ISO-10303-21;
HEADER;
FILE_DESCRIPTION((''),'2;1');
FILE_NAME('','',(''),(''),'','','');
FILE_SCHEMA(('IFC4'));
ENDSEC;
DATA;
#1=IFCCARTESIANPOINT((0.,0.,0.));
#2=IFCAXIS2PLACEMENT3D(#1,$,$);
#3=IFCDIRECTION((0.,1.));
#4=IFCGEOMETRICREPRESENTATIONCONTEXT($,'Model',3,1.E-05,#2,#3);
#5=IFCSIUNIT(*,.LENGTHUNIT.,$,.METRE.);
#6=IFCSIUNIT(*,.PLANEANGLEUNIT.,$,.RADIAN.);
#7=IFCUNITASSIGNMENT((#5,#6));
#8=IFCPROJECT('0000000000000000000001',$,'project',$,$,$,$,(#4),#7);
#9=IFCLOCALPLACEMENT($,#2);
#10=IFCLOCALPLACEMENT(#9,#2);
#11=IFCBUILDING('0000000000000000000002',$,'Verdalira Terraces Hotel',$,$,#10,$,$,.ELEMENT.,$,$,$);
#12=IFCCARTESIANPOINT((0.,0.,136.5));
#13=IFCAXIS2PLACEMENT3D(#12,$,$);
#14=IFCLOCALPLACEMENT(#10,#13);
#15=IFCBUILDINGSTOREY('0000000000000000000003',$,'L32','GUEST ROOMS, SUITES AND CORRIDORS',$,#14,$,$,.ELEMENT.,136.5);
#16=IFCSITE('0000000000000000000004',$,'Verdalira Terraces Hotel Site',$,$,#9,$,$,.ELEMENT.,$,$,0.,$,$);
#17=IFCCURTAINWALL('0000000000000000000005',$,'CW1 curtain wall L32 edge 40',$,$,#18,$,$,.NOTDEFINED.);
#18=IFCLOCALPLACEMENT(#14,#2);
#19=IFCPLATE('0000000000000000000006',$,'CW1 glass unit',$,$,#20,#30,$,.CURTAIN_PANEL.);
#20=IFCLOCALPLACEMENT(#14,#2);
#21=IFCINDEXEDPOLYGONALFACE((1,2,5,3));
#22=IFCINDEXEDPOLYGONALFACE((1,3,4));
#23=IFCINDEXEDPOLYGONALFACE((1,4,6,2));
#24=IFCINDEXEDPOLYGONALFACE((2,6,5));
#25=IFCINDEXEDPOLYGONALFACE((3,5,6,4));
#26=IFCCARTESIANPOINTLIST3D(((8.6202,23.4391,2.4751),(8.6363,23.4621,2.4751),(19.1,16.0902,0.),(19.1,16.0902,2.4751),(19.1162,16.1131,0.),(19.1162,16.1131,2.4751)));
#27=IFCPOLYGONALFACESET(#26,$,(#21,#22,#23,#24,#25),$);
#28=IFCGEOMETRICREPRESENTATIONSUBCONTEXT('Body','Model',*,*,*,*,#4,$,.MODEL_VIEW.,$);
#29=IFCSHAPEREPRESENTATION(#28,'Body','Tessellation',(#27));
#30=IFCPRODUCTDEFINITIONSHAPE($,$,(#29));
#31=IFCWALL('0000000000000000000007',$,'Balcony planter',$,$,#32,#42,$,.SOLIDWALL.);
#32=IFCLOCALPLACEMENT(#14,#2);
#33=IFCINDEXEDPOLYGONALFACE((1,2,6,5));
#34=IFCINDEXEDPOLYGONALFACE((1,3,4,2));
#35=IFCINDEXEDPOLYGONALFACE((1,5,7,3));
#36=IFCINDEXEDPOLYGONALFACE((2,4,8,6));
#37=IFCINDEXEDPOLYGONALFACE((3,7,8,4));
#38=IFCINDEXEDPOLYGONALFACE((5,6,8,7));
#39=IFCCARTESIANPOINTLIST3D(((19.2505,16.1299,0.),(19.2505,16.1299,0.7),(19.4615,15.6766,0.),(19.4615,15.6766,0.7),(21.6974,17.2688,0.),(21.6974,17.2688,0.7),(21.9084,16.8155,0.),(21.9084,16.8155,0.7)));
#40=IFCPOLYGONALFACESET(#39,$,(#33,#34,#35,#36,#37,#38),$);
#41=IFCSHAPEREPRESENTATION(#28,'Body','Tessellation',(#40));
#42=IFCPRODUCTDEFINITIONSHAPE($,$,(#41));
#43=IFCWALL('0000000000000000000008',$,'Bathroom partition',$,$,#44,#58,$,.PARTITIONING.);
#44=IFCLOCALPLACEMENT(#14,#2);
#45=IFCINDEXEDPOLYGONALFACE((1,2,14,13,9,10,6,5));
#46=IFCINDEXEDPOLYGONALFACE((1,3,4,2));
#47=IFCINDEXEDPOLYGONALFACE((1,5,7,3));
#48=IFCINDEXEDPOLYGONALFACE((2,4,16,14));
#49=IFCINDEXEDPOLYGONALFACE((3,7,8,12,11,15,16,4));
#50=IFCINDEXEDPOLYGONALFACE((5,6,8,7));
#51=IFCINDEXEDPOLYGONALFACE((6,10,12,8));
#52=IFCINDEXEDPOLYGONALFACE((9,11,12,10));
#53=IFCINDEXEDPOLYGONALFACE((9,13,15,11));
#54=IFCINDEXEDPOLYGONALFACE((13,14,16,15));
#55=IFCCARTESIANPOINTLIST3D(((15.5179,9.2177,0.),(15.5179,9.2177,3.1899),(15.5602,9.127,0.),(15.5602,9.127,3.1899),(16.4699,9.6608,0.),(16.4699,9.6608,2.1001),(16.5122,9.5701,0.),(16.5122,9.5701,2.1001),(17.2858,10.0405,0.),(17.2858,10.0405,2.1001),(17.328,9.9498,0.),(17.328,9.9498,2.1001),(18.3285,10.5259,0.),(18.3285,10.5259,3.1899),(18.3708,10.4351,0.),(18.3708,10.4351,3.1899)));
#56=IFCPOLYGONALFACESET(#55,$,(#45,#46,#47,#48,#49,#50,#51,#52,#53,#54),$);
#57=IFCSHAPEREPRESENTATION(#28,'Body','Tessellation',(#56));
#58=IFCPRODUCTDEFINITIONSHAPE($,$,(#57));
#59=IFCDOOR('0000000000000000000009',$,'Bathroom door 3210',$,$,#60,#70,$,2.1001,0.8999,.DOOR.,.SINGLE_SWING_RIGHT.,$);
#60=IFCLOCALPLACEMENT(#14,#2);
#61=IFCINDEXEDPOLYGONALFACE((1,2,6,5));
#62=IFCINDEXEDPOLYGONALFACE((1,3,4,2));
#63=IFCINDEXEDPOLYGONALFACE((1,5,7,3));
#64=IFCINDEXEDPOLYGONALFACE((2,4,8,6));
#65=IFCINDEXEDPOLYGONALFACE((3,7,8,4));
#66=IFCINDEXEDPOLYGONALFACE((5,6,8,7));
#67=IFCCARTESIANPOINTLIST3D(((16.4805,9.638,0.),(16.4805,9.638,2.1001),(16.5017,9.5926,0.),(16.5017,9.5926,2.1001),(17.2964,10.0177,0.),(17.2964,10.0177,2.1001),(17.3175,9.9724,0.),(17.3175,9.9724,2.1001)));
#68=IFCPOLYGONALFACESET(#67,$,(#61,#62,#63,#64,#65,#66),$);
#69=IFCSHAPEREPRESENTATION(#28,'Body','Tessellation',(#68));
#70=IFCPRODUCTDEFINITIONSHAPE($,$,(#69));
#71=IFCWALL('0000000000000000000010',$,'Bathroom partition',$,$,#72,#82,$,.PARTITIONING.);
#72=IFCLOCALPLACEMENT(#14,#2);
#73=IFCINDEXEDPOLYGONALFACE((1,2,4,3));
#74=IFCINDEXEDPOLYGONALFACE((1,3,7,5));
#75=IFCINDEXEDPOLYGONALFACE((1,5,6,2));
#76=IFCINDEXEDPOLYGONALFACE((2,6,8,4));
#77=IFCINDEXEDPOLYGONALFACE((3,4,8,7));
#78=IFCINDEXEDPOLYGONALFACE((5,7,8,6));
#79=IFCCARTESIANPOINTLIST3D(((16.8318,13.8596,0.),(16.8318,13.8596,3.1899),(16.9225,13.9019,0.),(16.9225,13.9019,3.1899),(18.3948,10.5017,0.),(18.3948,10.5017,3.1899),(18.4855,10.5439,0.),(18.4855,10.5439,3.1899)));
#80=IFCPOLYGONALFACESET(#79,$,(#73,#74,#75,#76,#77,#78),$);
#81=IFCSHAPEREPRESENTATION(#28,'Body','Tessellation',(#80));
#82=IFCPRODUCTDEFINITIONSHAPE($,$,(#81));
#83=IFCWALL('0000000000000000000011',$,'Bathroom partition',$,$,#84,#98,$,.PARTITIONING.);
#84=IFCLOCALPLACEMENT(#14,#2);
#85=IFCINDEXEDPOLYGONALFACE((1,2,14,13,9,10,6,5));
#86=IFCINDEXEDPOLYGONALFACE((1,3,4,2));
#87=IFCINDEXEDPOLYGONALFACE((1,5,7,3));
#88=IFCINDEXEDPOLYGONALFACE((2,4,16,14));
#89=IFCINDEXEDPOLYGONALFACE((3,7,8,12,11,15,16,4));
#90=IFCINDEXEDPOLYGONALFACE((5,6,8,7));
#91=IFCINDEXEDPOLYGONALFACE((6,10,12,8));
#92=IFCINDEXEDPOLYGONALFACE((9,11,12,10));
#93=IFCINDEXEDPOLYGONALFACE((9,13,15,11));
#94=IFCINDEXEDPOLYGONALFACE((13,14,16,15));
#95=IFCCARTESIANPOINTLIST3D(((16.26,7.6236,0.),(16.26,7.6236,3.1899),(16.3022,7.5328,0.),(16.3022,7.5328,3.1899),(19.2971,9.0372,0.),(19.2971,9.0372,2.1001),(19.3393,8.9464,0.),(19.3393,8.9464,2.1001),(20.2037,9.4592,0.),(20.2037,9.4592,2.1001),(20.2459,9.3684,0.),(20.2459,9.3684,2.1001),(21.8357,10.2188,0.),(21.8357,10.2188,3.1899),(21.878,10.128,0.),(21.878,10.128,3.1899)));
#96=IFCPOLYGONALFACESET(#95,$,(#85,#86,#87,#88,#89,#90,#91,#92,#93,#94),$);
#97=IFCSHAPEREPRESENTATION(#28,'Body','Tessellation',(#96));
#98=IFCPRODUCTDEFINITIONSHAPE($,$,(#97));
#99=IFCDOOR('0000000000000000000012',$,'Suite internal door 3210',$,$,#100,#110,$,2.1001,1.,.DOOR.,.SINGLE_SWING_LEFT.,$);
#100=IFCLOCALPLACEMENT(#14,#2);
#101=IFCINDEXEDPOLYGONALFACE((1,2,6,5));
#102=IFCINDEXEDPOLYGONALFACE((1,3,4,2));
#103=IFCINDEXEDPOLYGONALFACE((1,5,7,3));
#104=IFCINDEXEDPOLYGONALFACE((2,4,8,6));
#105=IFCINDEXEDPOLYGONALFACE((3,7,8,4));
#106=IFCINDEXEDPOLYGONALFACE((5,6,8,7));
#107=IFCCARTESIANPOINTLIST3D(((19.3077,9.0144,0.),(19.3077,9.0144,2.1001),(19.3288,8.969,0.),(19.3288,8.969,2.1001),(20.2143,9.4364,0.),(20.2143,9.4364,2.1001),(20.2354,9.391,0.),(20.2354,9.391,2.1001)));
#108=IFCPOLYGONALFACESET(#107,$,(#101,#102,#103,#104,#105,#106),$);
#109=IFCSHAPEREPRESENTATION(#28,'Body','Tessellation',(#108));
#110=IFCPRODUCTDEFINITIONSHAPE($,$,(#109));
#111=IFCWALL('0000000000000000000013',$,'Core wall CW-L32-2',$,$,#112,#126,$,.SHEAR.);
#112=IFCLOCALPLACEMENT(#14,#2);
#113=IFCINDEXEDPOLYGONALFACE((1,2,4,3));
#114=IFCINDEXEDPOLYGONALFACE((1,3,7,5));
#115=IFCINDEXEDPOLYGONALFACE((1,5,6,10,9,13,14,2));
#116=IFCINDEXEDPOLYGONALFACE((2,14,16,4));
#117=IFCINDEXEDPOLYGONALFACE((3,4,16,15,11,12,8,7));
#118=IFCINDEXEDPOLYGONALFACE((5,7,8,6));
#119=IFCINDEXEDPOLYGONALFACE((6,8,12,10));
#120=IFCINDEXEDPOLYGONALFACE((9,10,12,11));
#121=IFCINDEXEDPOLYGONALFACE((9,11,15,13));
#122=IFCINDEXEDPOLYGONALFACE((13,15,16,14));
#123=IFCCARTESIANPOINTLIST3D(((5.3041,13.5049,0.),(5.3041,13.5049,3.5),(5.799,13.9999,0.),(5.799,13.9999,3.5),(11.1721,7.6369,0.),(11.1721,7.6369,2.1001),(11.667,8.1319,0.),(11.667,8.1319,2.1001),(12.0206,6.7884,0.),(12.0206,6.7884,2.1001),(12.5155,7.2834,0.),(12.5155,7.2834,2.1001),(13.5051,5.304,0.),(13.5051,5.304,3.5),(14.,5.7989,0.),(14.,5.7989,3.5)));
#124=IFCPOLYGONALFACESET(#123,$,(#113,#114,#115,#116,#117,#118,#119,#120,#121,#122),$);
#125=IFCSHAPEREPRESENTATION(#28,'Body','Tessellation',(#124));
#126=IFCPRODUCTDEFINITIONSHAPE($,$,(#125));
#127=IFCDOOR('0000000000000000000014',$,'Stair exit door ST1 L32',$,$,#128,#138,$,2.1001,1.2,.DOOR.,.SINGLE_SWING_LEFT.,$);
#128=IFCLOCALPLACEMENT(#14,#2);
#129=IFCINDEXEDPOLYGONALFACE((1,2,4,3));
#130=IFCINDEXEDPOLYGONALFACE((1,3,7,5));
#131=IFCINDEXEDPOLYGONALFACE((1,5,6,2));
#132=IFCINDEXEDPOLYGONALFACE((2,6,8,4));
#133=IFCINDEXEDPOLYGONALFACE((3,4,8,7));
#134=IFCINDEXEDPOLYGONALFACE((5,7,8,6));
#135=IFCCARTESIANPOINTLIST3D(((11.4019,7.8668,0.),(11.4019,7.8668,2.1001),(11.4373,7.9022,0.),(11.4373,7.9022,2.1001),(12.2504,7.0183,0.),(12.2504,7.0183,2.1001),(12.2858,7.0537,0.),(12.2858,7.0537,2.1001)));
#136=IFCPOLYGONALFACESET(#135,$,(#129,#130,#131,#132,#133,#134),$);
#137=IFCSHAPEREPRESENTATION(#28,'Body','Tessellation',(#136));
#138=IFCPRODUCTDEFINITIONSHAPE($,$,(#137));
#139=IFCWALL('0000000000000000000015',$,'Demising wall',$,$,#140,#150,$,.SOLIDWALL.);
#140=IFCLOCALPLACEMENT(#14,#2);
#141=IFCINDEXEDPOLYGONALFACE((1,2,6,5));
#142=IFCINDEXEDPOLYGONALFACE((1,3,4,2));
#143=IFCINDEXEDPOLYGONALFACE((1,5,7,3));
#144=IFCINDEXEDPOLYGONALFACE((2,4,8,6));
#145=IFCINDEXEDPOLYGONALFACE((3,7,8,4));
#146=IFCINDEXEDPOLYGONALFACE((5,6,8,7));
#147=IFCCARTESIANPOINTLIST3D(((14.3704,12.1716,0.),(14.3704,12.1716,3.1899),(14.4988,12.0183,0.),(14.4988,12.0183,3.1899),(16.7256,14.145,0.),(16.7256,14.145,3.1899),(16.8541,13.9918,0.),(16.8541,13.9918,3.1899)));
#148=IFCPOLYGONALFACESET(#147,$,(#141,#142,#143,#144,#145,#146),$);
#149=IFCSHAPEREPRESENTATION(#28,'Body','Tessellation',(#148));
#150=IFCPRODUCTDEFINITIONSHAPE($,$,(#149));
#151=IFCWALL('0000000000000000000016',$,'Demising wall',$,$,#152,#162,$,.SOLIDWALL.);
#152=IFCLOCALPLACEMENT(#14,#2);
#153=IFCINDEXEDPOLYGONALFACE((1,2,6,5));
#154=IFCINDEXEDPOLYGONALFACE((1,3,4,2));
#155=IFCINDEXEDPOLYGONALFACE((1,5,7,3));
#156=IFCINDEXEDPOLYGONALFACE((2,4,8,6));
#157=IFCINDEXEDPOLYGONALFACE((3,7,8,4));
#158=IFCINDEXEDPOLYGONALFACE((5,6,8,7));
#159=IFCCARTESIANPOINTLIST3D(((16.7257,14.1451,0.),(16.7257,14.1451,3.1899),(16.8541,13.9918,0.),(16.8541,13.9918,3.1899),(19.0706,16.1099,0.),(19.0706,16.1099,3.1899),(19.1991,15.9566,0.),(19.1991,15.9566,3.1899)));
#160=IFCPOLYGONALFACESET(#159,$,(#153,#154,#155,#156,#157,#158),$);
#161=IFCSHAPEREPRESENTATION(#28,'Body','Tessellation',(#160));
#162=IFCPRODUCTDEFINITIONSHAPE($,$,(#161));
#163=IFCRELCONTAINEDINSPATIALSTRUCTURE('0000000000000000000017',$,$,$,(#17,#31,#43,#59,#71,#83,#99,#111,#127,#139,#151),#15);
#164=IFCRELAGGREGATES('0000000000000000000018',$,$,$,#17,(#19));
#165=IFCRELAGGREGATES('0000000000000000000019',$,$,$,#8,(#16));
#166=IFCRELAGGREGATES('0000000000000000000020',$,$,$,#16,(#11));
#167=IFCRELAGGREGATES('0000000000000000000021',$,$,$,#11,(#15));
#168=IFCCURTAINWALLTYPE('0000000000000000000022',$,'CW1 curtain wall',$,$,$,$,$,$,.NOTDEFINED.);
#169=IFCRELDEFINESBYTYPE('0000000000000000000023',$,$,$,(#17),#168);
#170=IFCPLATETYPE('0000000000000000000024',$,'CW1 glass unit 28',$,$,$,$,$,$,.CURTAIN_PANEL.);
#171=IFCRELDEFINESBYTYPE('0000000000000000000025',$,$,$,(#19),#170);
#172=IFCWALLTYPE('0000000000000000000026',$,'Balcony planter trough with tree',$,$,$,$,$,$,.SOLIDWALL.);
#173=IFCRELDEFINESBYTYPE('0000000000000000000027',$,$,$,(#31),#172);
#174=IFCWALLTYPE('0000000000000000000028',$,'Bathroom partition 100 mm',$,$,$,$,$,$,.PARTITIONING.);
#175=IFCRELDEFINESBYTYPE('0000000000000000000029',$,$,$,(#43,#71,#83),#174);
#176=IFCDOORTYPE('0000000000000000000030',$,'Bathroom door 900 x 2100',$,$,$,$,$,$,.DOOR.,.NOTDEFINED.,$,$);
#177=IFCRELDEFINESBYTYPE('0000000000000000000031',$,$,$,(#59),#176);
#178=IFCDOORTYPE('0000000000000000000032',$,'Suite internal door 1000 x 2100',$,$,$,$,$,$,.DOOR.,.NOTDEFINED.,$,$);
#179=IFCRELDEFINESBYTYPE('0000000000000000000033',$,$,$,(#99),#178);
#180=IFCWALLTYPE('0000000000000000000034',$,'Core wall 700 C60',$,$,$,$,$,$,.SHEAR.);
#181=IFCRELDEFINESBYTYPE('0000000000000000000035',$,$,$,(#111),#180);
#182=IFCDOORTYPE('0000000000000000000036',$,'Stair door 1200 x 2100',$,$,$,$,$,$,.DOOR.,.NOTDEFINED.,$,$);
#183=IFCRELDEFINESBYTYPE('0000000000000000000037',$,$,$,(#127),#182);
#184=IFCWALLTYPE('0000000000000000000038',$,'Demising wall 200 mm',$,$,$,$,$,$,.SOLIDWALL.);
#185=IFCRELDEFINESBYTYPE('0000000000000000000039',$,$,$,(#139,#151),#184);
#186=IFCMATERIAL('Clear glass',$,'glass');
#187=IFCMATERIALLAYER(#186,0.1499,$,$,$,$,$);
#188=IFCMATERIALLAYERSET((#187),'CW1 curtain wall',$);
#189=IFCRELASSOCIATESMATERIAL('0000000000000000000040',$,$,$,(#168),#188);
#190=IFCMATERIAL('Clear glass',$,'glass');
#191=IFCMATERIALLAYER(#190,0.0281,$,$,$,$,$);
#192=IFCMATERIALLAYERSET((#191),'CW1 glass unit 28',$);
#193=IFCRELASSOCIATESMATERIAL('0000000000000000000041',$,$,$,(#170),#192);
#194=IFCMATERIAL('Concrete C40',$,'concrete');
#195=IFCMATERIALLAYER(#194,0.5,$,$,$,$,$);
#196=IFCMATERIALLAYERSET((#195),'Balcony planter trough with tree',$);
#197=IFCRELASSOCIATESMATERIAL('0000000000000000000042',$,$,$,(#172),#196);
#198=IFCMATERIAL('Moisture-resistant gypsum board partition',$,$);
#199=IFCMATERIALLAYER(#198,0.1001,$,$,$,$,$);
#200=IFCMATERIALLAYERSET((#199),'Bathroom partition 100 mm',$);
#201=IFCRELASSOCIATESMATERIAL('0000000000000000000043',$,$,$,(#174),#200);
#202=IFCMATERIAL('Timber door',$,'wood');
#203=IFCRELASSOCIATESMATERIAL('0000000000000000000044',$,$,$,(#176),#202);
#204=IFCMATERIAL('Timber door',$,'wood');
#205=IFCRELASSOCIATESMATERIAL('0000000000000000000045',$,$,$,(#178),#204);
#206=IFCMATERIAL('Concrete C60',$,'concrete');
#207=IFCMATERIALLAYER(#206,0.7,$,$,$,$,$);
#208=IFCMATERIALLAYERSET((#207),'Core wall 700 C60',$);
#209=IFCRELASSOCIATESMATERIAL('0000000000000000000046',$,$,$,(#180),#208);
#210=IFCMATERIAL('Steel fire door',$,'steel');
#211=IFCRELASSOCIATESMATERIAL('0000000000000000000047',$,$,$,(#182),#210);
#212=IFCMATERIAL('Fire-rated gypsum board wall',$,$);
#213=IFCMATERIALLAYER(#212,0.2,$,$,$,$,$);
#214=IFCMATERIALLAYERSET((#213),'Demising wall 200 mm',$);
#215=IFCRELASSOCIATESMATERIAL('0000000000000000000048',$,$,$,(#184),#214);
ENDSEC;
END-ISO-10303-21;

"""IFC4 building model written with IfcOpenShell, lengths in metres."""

from ifc_helpers import new_model, si_unit, direction, frame, frame_2d, origin, place, context, subcontext, project, spatial, polyline, rectangle, outline, extrude, material, layer, layer_set, type_object, element, fill, aggregate, save


model = new_model("IFC4")

# Units and contexts
model_context = context("Model", 3, precision=1e-05, world=origin(), true_north=direction((0.0, 1.0)))
body_context = subcontext(model_context, "Body", "Model", "MODEL_VIEW")
ifc_project = project(units=[si_unit("LENGTHUNIT", "METRE"), si_unit("PLANEANGLEUNIT", "RADIAN")], contexts=[model_context])

# Site, building, storey
site_placement = place(None, origin())
site = spatial("IfcSite", under=ifc_project, at=site_placement, Name="Verdalira Terraces Hotel Site", CompositionType="ELEMENT", RefElevation=0.0)
building_placement = place(site_placement, origin())
building = spatial("IfcBuilding", under=site, at=building_placement, Name="Verdalira Terraces Hotel", CompositionType="ELEMENT")
storey_placement = place(building_placement, frame((0.0, 0.0, 136.5)))
storey = spatial("IfcBuildingStorey", under=building, at=storey_placement, Name="L32", Description="GUEST ROOMS, SUITES AND CORRIDORS", CompositionType="ELEMENT", Elevation=136.5)

# Shared definitions
ifc_material_1 = material(Name="Clear glass", Category="glass")
ifc_layer_1 = layer(ifc_material_1, 0.1499)
ifc_layer_set_1 = layer_set([ifc_layer_1], Name="CW1 curtain wall")
curtain_wall_type = type_object("IfcCurtainWallType", Name="CW1 curtain wall", PredefinedType="NOTDEFINED", material=ifc_layer_set_1)

# Curtain wall
curtain_wall_1_placement = place(storey_placement, origin())
curtain_wall_1 = element("IfcCurtainWall", 1, at=curtain_wall_1_placement, inside=storey, type_object=curtain_wall_type, Name="CW1 curtain wall L32 edge 40", PredefinedType="NOTDEFINED")

# Plate
ifc_material_2 = material(Name="Clear glass", Category="glass")
ifc_layer_2 = layer(ifc_material_2, 0.0281)
ifc_layer_set_2 = layer_set([ifc_layer_2], Name="CW1 glass unit 28")
plate_type = type_object("IfcPlateType", Name="CW1 glass unit 28", PredefinedType="CURTAIN_PANEL", material=ifc_layer_set_2)
plate_1_placement = place(storey_placement, frame((13.8601, 19.7646, 1.2375), z_axis=(0.574148, 0.818751, 0.0), x_axis=(-0.818751, 0.574148, 0.0)))
plate_1 = element("IfcPlate", 2, at=plate_1_placement, type_object=plate_type, Name="CW1 glass unit", PredefinedType="CURTAIN_PANEL", context=body_context, shape_type="SweptSolid", body=[
    extrude(outline(polyline([(-6.3999, -1.2375), (6.3999, 1.2375), (-6.3999, 1.2375), (-6.3999, -1.2375)])), origin(), (0.0, 0.0, 1.0), 0.0281),
])
aggregate(curtain_wall_1, [plate_1])

# Wall
ifc_material_3 = material(Name="Concrete C40", Category="concrete")
ifc_layer_3 = layer(ifc_material_3, 0.5)
ifc_layer_set_3 = layer_set([ifc_layer_3], Name="Balcony planter trough with tree")
wall_type_1 = type_object("IfcWallType", Name="Balcony planter trough with tree", PredefinedType="SOLIDWALL", material=ifc_layer_set_3)
wall_1_placement = place(storey_placement, frame((21.803, 17.0422, 0.0), z_axis=(0.0, 0.0, 1.0), x_axis=(-0.906596, -0.421999, 0.0)))
element("IfcWall", 3, at=wall_1_placement, inside=storey, type_object=wall_type_1, Name="Balcony planter", PredefinedType="SOLIDWALL", context=body_context, shape_type="SweptSolid", body=[
    extrude(rectangle(XDim=2.699, YDim=0.5, at=frame_2d((1.3496, 0.0))), origin(), (0.0, 0.0, 1.0), 0.7),
])

# Wall, opening, door
ifc_material_4 = material(Name="Moisture-resistant gypsum board partition")
ifc_layer_4 = layer(ifc_material_4, 0.1001)
ifc_layer_set_4 = layer_set([ifc_layer_4], Name="Bathroom partition 100 mm")
wall_type_2 = type_object("IfcWallType", Name="Bathroom partition 100 mm", PredefinedType="PARTITIONING", material=ifc_layer_set_4)
wall_2_placement = place(storey_placement, frame((15.5391, 9.1724, 0.0), z_axis=(0.0, 0.0, 1.0), x_axis=(0.906613, 0.421963, 0.0)))
wall_2 = element("IfcWall", 4, at=wall_2_placement, inside=storey, type_object=wall_type_2, Name="Bathroom partition", PredefinedType="PARTITIONING", context=body_context, shape_type="SweptSolid", body=[
    extrude(rectangle(XDim=3.1001, YDim=0.1001, at=frame_2d((1.55, 0.0))), origin(), (0.0, 0.0, 1.0), 3.1899),
])
opening_1_placement = place(wall_2_placement, frame((1.05, 0.0, 0.0)))
opening_1 = element("IfcOpeningElement", 5, at=opening_1_placement, cuts=wall_2, PredefinedType="OPENING", context=body_context, shape_type="SweptSolid", body=[
    extrude(rectangle(XDim=0.8999, YDim=2.1001, at=frame_2d((0.45, 1.05))), frame((0.0, 0.0601, 0.0), z_axis=(0.0, -1.0, 0.0), x_axis=(1.0, 0.0, 0.0)), (0.0, 0.0, 1.0), 0.1201),
])
ifc_material_5 = material(Name="Timber door", Category="wood")
door_type_1 = type_object("IfcDoorType", Name="Bathroom door 900 x 2100", OperationType="NOTDEFINED", PredefinedType="DOOR", material=ifc_material_5)
door_1_placement = place(opening_1_placement, origin())
door_1 = element("IfcDoor", 6, at=door_1_placement, inside=storey, type_object=door_type_1, Name="Bathroom door 3210", OperationType="SINGLE_SWING_RIGHT", OverallHeight=2.1001, OverallWidth=0.8999, PredefinedType="DOOR", context=body_context, shape_type="SweptSolid", body=[
    extrude(rectangle(XDim=0.8999, YDim=2.1001, at=frame_2d((0.45, 1.05))), frame((0.0, 0.0249, 0.0), z_axis=(0.0, -1.0, 0.0), x_axis=(1.0, 0.0, 0.0)), (0.0, 0.0, 1.0), 0.05),
])
fill(opening_1, door_1)

# Wall
wall_3_placement = place(storey_placement, frame((18.4402, 10.5227, 0.0), z_axis=(0.0, 0.0, 1.0), x_axis=(-0.42199, 0.9066, 0.0)))
element("IfcWall", 7, at=wall_3_placement, inside=storey, type_object=wall_type_2, Name="Bathroom partition", PredefinedType="PARTITIONING", context=body_context, shape_type="SweptSolid", body=[
    extrude(rectangle(XDim=3.7039, YDim=0.1001, at=frame_2d((1.8521, 0.0))), origin(), (0.0, 0.0, 1.0), 3.1899),
])

# Walls, openings, doors
wall_4_placement = place(storey_placement, frame((16.281, 7.5781, 0.0), z_axis=(0.0, 0.0, 1.0), x_axis=(0.906605, 0.421981, 0.0)))
wall_4 = element("IfcWall", 8, at=wall_4_placement, inside=storey, type_object=wall_type_2, Name="Bathroom partition", PredefinedType="PARTITIONING", context=body_context, shape_type="SweptSolid", body=[
    extrude(rectangle(XDim=6.1501, YDim=0.1001, at=frame_2d((3.0752, 0.0))), origin(), (0.0, 0.0, 1.0), 3.1899),
])
opening_2_placement = place(wall_4_placement, frame((3.3501, 0.0, 0.0)))
opening_2 = element("IfcOpeningElement", 9, at=opening_2_placement, cuts=wall_4, PredefinedType="OPENING", context=body_context, shape_type="SweptSolid", body=[
    extrude(rectangle(XDim=1.0, YDim=2.1001, at=frame_2d((0.5, 1.05))), frame((0.0, 0.0601, 0.0), z_axis=(0.0, -1.0, 0.0), x_axis=(1.0, 0.0, 0.0)), (0.0, 0.0, 1.0), 0.1201),
])
ifc_material_6 = material(Name="Timber door", Category="wood")
door_type_2 = type_object("IfcDoorType", Name="Suite internal door 1000 x 2100", OperationType="NOTDEFINED", PredefinedType="DOOR", material=ifc_material_6)
door_2_placement = place(opening_2_placement, origin())
door_2 = element("IfcDoor", 10, at=door_2_placement, inside=storey, type_object=door_type_2, Name="Suite internal door 3210", OperationType="SINGLE_SWING_LEFT", OverallHeight=2.1001, OverallWidth=1.0, PredefinedType="DOOR", context=body_context, shape_type="SweptSolid", body=[
    extrude(rectangle(XDim=1.0, YDim=2.1001, at=frame_2d((0.5, 1.05))), frame((0.0, 0.0249, 0.0), z_axis=(0.0, -1.0, 0.0), x_axis=(1.0, 0.0, 0.0)), (0.0, 0.0, 1.0), 0.05),
])
fill(opening_2, door_2)
ifc_material_7 = material(Name="Concrete C60", Category="concrete")
ifc_layer_5 = layer(ifc_material_7, 0.7)
ifc_layer_set_5 = layer_set([ifc_layer_5], Name="Core wall 700 C60")
wall_type_3 = type_object("IfcWallType", Name="Core wall 700 C60", PredefinedType="SHEAR", material=ifc_layer_set_5)
wall_5_placement = place(storey_placement, frame((13.7524, 5.5515, 0.0), z_axis=(0.0, 0.0, 1.0), x_axis=(-0.707107, 0.707107, 0.0)))
wall_5 = element("IfcWall", 11, at=wall_5_placement, inside=storey, type_object=wall_type_3, Name="Core wall CW-L32-2", PredefinedType="SHEAR", context=body_context, shape_type="SweptSolid", body=[
    extrude(rectangle(XDim=11.5979, YDim=0.7, at=frame_2d((5.7988, 0.0))), origin(), (0.0, 0.0, 1.0), 3.5),
])
opening_3_placement = place(wall_5_placement, frame((2.0991, 0.0, 0.0)))
opening_3 = element("IfcOpeningElement", 12, at=opening_3_placement, cuts=wall_5, PredefinedType="OPENING", context=body_context, shape_type="SweptSolid", body=[
    extrude(rectangle(XDim=1.2, YDim=2.1001, at=frame_2d((0.6001, 1.05))), frame((0.0, 0.3599, 0.0), z_axis=(0.0, -1.0, 0.0), x_axis=(1.0, 0.0, 0.0)), (0.0, 0.0, 1.0), 0.72),
])
ifc_material_8 = material(Name="Steel fire door", Category="steel")
door_type_3 = type_object("IfcDoorType", Name="Stair door 1200 x 2100", OperationType="NOTDEFINED", PredefinedType="DOOR", material=ifc_material_8)
door_3_placement = place(opening_3_placement, origin())
door_3 = element("IfcDoor", 13, at=door_3_placement, inside=storey, type_object=door_type_3, Name="Stair exit door ST1 L32", OperationType="SINGLE_SWING_LEFT", OverallHeight=2.1001, OverallWidth=1.2, PredefinedType="DOOR", context=body_context, shape_type="SweptSolid", body=[
    extrude(rectangle(XDim=1.2, YDim=2.1001, at=frame_2d((0.6001, 1.05))), frame((0.0, 0.0249, 0.0), z_axis=(0.0, -1.0, 0.0), x_axis=(1.0, 0.0, 0.0)), (0.0, 0.0, 1.0), 0.05),
])
fill(opening_3, door_3)

# Walls
ifc_material_9 = material(Name="Fire-rated gypsum board wall")
ifc_layer_6 = layer(ifc_material_9, 0.2)
ifc_layer_set_6 = layer_set([ifc_layer_6], Name="Demising wall 200 mm")
wall_type_4 = type_object("IfcWallType", Name="Demising wall 200 mm", PredefinedType="SOLIDWALL", material=ifc_layer_set_6)
wall_6_placement = place(storey_placement, frame((14.4346, 12.095, 0.0), z_axis=(0.0, 0.0, 1.0), x_axis=(0.766506, 0.642238, 0.0)))
element("IfcWall", 14, at=wall_6_placement, inside=storey, type_object=wall_type_4, Name="Demising wall", PredefinedType="SOLIDWALL", context=body_context, shape_type="SweptSolid", body=[
    extrude(rectangle(XDim=3.0728, YDim=0.2, at=frame_2d((1.5364, 0.0))), origin(), (0.0, 0.0, 1.0), 3.1899),
])
wall_7_placement = place(storey_placement, frame((16.7898, 14.0684, 0.0), z_axis=(0.0, 0.0, 1.0), x_axis=(0.766498, 0.642246, 0.0)))
element("IfcWall", 15, at=wall_7_placement, inside=storey, type_object=wall_type_4, Name="Demising wall", PredefinedType="SOLIDWALL", context=body_context, shape_type="SweptSolid", body=[
    extrude(rectangle(XDim=3.0593, YDim=0.2, at=frame_2d((1.5298, 0.0))), origin(), (0.0, 0.0, 1.0), 3.1899),
])

save(model, "model.ifc")
